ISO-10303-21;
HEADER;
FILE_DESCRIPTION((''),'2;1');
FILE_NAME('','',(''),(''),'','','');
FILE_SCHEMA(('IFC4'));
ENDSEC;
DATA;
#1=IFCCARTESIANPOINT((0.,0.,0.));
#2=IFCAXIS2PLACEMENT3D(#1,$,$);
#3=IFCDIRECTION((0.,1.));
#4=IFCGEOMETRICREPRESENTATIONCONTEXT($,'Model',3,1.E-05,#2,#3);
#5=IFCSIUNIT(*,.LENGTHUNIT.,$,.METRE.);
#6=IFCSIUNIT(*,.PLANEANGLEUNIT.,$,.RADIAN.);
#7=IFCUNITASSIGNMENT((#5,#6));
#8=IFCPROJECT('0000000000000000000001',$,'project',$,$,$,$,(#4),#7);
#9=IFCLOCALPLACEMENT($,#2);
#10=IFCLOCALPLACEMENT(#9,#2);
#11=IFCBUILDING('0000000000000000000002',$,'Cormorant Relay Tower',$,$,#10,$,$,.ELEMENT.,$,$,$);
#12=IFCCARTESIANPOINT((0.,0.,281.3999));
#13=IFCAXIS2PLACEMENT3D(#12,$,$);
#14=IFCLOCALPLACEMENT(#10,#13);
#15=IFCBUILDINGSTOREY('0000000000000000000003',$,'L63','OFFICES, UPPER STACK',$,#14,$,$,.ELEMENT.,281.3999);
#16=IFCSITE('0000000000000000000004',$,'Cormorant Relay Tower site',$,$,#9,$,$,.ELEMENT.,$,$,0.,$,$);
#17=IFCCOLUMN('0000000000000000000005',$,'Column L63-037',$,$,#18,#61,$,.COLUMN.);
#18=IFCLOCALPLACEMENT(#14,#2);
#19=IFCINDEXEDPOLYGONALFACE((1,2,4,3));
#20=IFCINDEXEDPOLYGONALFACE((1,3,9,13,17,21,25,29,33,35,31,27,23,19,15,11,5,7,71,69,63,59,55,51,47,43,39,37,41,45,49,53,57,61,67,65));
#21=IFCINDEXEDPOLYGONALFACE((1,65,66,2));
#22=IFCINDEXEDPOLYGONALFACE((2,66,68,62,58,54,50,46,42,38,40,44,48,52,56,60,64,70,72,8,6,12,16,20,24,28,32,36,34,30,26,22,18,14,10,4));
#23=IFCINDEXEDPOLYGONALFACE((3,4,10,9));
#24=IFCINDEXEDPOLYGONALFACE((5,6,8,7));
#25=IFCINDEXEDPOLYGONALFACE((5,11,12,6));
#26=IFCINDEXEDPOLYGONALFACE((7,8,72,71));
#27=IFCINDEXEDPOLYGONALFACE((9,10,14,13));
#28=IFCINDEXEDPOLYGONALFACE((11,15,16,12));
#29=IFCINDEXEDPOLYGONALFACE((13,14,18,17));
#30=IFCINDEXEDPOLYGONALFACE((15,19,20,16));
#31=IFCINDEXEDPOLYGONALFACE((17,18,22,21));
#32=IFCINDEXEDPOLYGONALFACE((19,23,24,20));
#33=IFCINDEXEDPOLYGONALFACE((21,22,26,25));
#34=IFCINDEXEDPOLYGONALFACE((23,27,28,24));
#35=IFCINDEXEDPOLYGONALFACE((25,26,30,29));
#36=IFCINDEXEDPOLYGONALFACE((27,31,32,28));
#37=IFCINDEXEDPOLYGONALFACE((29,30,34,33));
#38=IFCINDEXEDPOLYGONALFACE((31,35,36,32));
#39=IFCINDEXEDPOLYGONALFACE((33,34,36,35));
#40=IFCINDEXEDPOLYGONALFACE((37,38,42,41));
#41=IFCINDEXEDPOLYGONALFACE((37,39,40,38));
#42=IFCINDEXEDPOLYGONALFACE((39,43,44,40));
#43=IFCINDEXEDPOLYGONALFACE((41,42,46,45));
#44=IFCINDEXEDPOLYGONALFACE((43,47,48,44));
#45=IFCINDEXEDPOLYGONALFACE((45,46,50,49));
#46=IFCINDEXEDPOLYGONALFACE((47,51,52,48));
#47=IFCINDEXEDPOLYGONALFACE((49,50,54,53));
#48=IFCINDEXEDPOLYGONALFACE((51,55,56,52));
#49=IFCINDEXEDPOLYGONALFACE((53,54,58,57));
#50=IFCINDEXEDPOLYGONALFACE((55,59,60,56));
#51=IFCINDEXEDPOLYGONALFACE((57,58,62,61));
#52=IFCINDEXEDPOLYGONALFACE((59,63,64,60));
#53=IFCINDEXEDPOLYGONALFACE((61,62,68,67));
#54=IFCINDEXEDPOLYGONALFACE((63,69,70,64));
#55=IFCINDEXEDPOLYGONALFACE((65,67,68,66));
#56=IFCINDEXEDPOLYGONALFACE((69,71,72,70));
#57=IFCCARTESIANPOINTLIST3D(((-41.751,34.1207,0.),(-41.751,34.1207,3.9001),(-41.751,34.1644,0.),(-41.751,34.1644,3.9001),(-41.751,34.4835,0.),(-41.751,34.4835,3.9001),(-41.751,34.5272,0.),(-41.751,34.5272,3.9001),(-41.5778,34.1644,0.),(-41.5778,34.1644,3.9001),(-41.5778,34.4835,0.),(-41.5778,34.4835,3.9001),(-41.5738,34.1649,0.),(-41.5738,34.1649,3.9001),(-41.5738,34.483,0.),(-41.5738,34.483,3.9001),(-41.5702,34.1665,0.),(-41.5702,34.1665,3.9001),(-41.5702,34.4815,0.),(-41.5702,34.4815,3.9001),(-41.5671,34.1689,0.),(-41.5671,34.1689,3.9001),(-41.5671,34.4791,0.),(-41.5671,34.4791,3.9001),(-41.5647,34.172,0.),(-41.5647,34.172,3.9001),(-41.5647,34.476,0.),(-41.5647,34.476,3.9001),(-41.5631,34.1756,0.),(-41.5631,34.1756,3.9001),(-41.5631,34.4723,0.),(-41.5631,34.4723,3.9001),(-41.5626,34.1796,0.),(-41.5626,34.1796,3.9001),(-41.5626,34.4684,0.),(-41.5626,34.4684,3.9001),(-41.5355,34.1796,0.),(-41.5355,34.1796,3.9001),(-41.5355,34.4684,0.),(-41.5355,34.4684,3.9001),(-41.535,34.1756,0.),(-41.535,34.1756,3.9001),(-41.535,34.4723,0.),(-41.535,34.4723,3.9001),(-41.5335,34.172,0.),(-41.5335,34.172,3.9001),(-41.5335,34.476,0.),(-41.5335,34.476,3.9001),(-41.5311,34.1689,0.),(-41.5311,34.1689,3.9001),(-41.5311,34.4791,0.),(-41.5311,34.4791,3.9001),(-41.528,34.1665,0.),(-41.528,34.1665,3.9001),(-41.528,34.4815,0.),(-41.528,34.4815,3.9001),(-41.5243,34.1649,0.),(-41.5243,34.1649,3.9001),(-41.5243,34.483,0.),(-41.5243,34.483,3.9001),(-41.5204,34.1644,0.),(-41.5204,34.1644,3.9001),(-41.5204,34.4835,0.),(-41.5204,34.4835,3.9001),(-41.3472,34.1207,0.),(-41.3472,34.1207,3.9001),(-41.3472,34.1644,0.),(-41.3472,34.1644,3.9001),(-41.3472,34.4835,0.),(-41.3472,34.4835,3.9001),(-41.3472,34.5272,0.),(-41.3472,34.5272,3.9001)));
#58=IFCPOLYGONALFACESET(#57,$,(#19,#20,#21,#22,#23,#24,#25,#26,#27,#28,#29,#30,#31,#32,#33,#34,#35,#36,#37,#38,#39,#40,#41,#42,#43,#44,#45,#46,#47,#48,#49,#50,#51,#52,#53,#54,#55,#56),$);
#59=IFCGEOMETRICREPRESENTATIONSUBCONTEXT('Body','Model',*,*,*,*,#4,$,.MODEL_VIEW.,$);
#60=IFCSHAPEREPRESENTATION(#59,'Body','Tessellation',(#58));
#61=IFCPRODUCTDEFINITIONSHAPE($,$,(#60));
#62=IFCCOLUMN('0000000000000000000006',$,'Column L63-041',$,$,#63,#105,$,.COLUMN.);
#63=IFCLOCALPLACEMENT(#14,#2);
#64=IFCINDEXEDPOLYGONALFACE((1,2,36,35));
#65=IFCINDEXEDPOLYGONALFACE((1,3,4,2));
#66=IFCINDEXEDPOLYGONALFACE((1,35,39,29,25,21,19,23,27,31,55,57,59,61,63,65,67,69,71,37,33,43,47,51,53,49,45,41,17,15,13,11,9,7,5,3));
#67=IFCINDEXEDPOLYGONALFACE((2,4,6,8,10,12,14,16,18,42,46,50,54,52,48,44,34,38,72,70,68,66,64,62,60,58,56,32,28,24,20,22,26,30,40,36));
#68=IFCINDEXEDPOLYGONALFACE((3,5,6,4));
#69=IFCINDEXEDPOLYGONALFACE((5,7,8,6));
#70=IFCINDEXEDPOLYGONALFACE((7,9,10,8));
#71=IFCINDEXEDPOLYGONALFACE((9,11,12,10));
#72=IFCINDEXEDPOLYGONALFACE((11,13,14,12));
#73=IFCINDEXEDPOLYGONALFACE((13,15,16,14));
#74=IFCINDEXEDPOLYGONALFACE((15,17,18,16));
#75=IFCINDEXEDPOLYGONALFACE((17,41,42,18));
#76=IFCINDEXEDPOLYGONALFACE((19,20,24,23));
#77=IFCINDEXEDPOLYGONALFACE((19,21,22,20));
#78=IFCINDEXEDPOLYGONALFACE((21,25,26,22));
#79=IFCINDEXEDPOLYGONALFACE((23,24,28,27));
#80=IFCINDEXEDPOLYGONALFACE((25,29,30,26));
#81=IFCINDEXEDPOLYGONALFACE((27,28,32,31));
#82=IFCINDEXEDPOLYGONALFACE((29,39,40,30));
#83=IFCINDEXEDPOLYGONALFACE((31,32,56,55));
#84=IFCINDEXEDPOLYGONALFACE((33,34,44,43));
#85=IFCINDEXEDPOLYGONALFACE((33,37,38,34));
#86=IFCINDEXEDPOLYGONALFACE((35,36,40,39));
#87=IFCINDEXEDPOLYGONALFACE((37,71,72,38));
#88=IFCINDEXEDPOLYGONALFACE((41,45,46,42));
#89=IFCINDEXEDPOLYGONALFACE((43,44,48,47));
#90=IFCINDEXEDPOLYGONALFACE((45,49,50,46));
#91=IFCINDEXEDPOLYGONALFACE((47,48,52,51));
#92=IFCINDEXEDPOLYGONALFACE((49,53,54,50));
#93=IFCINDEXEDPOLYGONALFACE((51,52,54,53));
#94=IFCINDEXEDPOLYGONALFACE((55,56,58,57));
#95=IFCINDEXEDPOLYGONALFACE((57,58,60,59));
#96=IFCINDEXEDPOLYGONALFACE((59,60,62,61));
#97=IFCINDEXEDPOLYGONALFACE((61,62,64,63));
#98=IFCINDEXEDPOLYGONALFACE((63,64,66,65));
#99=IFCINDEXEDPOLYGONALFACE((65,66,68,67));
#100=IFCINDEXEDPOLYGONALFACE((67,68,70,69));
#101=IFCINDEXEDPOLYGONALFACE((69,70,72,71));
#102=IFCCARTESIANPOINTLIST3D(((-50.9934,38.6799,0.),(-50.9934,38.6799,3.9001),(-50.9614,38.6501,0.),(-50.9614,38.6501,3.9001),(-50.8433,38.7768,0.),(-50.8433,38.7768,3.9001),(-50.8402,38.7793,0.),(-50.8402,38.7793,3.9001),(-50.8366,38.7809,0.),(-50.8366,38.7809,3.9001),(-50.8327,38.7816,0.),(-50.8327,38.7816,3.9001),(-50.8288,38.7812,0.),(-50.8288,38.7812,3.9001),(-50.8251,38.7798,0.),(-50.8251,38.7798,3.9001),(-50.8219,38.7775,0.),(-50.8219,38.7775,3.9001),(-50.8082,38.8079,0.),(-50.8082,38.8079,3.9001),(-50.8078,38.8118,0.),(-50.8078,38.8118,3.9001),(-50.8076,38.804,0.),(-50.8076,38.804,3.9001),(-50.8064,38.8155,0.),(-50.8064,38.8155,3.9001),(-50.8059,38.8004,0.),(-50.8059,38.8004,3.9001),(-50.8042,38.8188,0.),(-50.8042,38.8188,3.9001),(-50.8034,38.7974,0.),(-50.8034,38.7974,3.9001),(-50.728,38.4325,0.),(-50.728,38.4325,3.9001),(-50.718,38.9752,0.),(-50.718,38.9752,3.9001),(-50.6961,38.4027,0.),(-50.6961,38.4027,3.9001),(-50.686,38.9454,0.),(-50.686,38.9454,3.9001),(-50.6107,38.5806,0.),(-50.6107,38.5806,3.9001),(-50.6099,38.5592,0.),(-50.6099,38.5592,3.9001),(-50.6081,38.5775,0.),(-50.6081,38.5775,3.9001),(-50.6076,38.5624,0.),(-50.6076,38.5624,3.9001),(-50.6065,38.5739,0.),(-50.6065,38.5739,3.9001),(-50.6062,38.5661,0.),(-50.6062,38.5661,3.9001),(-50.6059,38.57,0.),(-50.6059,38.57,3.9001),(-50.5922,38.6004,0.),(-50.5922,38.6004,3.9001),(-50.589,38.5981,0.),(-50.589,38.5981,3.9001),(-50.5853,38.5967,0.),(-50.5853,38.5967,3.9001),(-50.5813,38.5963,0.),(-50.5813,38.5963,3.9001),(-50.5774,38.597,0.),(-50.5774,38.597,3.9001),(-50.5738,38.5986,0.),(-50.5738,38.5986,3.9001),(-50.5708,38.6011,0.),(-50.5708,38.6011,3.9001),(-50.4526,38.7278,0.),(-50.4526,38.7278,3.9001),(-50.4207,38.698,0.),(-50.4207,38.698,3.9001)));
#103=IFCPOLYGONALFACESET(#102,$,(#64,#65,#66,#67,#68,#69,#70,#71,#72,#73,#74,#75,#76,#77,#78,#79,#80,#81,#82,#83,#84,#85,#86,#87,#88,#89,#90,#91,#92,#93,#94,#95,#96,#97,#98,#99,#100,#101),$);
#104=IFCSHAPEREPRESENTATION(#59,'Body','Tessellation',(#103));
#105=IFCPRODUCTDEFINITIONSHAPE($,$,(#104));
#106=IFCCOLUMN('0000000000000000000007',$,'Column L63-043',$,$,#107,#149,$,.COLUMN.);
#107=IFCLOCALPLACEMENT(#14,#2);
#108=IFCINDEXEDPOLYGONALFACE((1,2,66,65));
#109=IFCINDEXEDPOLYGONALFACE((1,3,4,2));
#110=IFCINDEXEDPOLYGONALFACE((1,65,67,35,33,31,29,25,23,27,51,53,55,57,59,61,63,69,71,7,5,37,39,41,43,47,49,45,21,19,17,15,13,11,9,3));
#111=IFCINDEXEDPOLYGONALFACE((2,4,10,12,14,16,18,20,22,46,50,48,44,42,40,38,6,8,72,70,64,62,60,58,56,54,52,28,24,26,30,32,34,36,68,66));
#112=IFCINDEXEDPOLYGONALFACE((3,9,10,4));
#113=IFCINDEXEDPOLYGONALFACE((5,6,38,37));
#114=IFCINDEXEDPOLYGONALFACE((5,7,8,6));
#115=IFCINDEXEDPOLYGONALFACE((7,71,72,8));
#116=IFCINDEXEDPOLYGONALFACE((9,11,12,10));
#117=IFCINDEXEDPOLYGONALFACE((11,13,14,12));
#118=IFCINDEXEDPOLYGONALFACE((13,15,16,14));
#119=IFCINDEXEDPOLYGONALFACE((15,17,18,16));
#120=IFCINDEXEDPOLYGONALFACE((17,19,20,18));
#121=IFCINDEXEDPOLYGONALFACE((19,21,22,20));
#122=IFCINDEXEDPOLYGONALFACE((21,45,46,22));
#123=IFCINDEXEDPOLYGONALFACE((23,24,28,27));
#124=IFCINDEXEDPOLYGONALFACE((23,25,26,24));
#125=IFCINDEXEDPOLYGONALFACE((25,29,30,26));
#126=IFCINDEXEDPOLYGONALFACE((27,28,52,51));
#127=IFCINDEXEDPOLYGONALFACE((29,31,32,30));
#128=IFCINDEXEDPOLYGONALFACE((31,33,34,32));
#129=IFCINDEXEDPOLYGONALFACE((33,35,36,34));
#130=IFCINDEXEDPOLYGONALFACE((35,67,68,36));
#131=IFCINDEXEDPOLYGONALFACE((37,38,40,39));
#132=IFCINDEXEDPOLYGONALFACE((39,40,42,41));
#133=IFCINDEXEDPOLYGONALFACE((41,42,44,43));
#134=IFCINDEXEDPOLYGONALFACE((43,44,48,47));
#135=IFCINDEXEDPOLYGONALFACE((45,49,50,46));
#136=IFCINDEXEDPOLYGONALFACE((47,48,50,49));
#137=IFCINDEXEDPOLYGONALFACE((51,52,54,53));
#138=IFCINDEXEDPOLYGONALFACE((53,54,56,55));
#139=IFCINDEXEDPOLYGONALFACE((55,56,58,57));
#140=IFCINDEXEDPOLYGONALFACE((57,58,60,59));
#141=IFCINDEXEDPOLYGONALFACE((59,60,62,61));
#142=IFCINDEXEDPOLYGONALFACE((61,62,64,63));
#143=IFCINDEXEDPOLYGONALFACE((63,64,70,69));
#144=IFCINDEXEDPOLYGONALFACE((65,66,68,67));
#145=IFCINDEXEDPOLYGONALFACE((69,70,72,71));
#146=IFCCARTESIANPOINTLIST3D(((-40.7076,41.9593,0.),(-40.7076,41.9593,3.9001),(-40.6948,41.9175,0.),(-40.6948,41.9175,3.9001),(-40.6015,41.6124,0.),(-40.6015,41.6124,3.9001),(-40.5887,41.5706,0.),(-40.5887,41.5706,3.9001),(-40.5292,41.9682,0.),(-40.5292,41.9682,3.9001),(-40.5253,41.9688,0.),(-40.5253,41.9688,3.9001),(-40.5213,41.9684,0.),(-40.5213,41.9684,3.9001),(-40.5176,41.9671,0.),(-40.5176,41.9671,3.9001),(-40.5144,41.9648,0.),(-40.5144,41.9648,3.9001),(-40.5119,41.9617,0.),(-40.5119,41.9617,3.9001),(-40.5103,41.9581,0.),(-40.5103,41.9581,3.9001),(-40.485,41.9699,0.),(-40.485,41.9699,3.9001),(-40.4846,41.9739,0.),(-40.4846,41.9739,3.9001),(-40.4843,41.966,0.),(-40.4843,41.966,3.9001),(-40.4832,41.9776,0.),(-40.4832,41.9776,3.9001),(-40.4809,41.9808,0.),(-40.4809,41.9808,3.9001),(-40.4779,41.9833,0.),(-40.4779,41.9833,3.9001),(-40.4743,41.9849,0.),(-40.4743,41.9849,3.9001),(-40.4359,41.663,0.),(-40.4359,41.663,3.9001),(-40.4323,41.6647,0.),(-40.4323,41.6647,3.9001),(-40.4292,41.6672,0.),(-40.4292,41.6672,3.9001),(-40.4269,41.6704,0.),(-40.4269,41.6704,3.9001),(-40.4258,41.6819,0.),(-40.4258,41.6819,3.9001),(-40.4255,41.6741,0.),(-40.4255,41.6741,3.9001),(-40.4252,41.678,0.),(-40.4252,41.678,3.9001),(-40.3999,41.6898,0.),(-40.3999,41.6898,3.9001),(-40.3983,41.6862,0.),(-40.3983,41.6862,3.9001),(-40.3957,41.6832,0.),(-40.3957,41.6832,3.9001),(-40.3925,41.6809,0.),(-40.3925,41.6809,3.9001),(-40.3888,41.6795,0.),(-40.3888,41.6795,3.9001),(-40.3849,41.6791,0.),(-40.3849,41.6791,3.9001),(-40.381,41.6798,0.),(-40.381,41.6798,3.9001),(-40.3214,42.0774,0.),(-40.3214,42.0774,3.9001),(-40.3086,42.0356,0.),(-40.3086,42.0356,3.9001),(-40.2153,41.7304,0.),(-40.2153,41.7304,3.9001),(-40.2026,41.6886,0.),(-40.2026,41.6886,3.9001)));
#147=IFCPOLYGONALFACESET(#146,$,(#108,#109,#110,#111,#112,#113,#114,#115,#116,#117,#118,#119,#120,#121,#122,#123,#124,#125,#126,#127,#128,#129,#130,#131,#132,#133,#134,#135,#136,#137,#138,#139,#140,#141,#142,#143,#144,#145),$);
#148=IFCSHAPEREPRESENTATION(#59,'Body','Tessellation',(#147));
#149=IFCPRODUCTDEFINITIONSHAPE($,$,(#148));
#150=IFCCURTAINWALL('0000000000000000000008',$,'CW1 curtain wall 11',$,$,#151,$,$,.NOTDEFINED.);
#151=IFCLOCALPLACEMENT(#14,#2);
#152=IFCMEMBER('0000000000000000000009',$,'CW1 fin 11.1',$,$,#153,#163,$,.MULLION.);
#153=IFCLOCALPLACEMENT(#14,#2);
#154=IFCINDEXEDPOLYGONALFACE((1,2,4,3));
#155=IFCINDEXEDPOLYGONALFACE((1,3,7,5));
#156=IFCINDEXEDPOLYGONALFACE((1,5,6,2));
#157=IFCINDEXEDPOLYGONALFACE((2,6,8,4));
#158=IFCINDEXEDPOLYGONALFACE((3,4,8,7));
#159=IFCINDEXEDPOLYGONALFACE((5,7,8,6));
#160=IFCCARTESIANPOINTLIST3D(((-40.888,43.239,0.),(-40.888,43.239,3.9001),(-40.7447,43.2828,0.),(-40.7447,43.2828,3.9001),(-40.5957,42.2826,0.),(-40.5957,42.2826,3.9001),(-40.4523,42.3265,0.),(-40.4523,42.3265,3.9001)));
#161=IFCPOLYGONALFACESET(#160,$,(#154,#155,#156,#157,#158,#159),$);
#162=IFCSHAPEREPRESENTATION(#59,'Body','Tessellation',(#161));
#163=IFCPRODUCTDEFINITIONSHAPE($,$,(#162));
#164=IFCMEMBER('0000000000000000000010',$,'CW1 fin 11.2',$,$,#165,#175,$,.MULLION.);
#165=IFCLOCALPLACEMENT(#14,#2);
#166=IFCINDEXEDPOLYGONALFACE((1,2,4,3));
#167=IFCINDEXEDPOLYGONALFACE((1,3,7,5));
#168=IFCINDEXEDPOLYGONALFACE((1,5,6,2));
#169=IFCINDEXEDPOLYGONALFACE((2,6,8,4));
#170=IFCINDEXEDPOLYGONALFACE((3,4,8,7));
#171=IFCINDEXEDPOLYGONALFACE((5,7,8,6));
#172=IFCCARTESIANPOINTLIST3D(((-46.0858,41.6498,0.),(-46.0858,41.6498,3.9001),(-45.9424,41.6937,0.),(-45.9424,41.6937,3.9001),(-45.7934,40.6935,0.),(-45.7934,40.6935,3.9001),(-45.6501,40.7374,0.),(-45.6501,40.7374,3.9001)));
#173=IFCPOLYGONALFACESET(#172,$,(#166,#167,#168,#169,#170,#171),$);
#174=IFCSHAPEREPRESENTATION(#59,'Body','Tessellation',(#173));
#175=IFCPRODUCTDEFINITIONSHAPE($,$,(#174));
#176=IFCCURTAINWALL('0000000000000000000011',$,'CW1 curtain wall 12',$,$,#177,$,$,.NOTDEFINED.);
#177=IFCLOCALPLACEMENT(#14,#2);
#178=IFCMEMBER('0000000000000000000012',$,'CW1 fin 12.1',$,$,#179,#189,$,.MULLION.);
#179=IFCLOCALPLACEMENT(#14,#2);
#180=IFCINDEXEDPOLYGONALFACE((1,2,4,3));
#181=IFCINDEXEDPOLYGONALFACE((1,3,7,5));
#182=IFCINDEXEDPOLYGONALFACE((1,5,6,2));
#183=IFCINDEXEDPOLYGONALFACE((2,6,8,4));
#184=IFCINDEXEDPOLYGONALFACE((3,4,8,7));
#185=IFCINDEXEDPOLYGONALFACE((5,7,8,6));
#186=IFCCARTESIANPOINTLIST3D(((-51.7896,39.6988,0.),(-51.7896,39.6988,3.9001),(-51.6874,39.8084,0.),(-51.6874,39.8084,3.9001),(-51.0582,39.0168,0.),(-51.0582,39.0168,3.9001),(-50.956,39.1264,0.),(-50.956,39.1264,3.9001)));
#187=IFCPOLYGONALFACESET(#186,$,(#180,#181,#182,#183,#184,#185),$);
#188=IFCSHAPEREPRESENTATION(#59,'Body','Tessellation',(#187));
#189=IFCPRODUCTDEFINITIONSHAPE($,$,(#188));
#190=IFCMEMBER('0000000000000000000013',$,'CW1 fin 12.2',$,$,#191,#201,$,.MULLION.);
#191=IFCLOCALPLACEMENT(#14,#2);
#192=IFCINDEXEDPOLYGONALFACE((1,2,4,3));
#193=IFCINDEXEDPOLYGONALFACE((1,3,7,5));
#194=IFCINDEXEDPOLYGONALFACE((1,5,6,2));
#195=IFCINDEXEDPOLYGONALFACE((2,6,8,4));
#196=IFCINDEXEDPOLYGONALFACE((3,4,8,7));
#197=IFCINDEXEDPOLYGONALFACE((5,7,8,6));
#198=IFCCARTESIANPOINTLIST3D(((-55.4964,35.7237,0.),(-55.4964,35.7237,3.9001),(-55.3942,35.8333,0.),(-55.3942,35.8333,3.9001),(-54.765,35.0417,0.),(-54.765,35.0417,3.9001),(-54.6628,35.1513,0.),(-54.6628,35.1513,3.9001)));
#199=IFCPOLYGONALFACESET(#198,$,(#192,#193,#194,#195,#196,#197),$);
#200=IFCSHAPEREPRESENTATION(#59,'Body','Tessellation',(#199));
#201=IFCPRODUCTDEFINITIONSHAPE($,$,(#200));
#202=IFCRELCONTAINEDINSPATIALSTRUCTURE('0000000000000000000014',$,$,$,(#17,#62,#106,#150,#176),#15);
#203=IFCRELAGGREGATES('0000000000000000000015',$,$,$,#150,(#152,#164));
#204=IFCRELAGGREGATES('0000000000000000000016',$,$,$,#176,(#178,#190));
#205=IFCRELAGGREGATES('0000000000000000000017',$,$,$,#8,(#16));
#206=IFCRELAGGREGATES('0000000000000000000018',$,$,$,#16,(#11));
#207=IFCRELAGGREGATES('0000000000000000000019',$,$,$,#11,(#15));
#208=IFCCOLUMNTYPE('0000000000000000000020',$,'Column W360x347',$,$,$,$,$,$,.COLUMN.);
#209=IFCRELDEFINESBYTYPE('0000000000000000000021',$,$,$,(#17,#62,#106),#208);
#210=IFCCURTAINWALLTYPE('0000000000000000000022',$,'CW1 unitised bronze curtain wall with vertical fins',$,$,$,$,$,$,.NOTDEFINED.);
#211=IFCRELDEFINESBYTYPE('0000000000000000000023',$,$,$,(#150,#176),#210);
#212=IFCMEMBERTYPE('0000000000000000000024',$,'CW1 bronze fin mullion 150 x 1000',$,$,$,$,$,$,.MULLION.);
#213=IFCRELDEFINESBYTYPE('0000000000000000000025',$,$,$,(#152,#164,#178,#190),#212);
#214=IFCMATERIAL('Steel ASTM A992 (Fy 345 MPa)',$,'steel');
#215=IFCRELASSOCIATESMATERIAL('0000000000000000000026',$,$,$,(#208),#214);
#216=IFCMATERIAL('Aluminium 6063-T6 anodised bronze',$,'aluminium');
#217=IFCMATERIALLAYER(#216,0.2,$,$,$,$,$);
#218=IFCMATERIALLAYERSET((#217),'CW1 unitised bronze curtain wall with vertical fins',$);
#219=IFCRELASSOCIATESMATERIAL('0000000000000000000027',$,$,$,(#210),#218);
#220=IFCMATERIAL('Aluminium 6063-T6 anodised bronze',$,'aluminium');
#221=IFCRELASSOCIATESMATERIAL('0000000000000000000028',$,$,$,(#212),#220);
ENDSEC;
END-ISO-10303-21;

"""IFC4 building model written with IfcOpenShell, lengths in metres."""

from ifc_helpers import new_model, si_unit, direction, frame, origin, origin_2d, place, context, subcontext, project, spatial, rectangle, i_section, extrude, material, layer, layer_set, material_profile, profile_set, type_object, element, aggregate, save


model = new_model("IFC4")

# Units and contexts
model_context = context("Model", 3, precision=1e-05, world=origin(), true_north=direction((0.0, 1.0)))
body_context = subcontext(model_context, "Body", "Model", "MODEL_VIEW")
ifc_project = project(units=[si_unit("LENGTHUNIT", "METRE"), si_unit("PLANEANGLEUNIT", "RADIAN")], contexts=[model_context])

# Site, building, storey
site_placement = place(None, origin())
site = spatial("IfcSite", under=ifc_project, at=site_placement, Name="Cormorant Relay Tower site", CompositionType="ELEMENT", RefElevation=0.0)
building_placement = place(site_placement, origin())
building = spatial("IfcBuilding", under=site, at=building_placement, Name="Cormorant Relay Tower", CompositionType="ELEMENT")
storey_placement = place(building_placement, frame((0.0, 0.0, 281.3999)))
storey = spatial("IfcBuildingStorey", under=building, at=storey_placement, Name="L63", Description="OFFICES, UPPER STACK", CompositionType="ELEMENT", Elevation=281.3999)

# Columns
ifc_material_1 = material(Name="Steel ASTM A992 (Fy 345 MPa)", Category="steel")
ifc_material_profile_1 = material_profile(ifc_material_1, i_section(OverallWidth=0.4038, OverallDepth=0.4065, WebThickness=0.0271, FlangeThickness=0.0437, FilletRadius=0.0151, at=origin_2d()), Name="W360x347")
ifc_profile_set_1 = profile_set([ifc_material_profile_1], Name="Steel ASTM A992 (Fy 345 MPa)")
column_type = type_object("IfcColumnType", Name="Column W360x347", PredefinedType="COLUMN", material=ifc_profile_set_1)
for number, where, z_axis, x_axis, name in (
    (1, (-41.5491, 34.324, 0.0), (0.0, 0.0, 1.0), (1.0, 0.0, 0.0), "Column L63-037"),
    (2, (-50.707, 38.689, 0.0), (0.0, 0.0, 1.0), (-0.681998, -0.731354, 0.0), "Column L63-041"),
    (3, (-40.4551, 41.824, 0.0), (0.0, 0.0, 1.0), (-0.956305, -0.292372, 0.0), "Column L63-043"),
):
    element("IfcColumn", number, at=place(storey_placement, frame(where, z_axis=z_axis, x_axis=x_axis)), inside=storey, type_object=column_type, Name=name, PredefinedType="COLUMN", context=body_context, shape_type="SweptSolid", body=[
        extrude(i_section(OverallWidth=0.4038, OverallDepth=0.4065, WebThickness=0.0271, FlangeThickness=0.0437, FilletRadius=0.0151, at=origin_2d()), origin(), (0.0, 0.0, 1.0), 3.9001),
    ])

# Curtain walls, members
ifc_material_2 = material(Name="Aluminium 6063-T6 anodised bronze", Category="aluminium")
ifc_layer_1 = layer(ifc_material_2, 0.2)
ifc_layer_set_1 = layer_set([ifc_layer_1], Name="CW1 unitised bronze curtain wall with vertical fins")
curtain_wall_type = type_object("IfcCurtainWallType", Name="CW1 unitised bronze curtain wall with vertical fins", PredefinedType="NOTDEFINED", material=ifc_layer_set_1)
curtain_wall_1_placement = place(storey_placement, origin())
curtain_wall_1 = element("IfcCurtainWall", 4, at=curtain_wall_1_placement, inside=storey, type_object=curtain_wall_type, Name="CW1 curtain wall 11", PredefinedType="NOTDEFINED")
ifc_material_3 = material(Name="Aluminium 6063-T6 anodised bronze", Category="aluminium")
ifc_material_profile_2 = material_profile(ifc_material_3, rectangle(XDim=0.1499, YDim=1.0, at=origin_2d()), Name="AL 150x1000")
ifc_profile_set_2 = profile_set([ifc_material_profile_2], Name="Aluminium 6063-T6 anodised bronze")
member_type_1 = type_object("IfcMemberType", Name="CW1 bronze fin mullion 150 x 1000", PredefinedType="MULLION", material=ifc_profile_set_2)
member_1_placement = place(storey_placement, frame((-40.6702, 42.7827, 0.0), z_axis=(0.0, 0.0, 1.0), x_axis=(-0.956305, -0.292372, 0.0)))
member_1 = element("IfcMember", 5, at=member_1_placement, type_object=member_type_1, Name="CW1 fin 11.1", PredefinedType="MULLION", context=body_context, shape_type="SweptSolid", body=[
    extrude(rectangle(XDim=0.1499, YDim=1.0, at=origin_2d()), origin(), (0.0, 0.0, 1.0), 3.9001),
])
member_2_placement = place(storey_placement, frame((-45.8679, 41.1936, 0.0), z_axis=(0.0, 0.0, 1.0), x_axis=(-0.956305, -0.292372, 0.0)))
member_2 = element("IfcMember", 6, at=member_2_placement, type_object=member_type_1, Name="CW1 fin 11.2", PredefinedType="MULLION", context=body_context, shape_type="SweptSolid", body=[
    extrude(rectangle(XDim=0.1499, YDim=1.0, at=origin_2d()), origin(), (0.0, 0.0, 1.0), 3.9001),
])
curtain_wall_2_placement = place(storey_placement, origin())
curtain_wall_2 = element("IfcCurtainWall", 7, at=curtain_wall_2_placement, inside=storey, type_object=curtain_wall_type, Name="CW1 curtain wall 12", PredefinedType="NOTDEFINED")
member_3_placement = place(storey_placement, frame((-51.3728, 39.4126, 0.0), z_axis=(0.0, 0.0, 1.0), x_axis=(-0.681998, -0.731354, 0.0)))
member_3 = element("IfcMember", 8, at=member_3_placement, type_object=member_type_1, Name="CW1 fin 12.1", PredefinedType="MULLION", context=body_context, shape_type="SweptSolid", body=[
    extrude(rectangle(XDim=0.1499, YDim=1.0, at=origin_2d()), origin(), (0.0, 0.0, 1.0), 3.9001),
])
member_4_placement = place(storey_placement, frame((-55.0796, 35.4375, 0.0), z_axis=(0.0, 0.0, 1.0), x_axis=(-0.681998, -0.731354, 0.0)))
member_4 = element("IfcMember", 9, at=member_4_placement, type_object=member_type_1, Name="CW1 fin 12.2", PredefinedType="MULLION", context=body_context, shape_type="SweptSolid", body=[
    extrude(rectangle(XDim=0.1499, YDim=1.0, at=origin_2d()), origin(), (0.0, 0.0, 1.0), 3.9001),
])

aggregate(curtain_wall_1, [member_1, member_2])
aggregate(curtain_wall_2, [member_3, member_4])

save(model, "model.ifc")
